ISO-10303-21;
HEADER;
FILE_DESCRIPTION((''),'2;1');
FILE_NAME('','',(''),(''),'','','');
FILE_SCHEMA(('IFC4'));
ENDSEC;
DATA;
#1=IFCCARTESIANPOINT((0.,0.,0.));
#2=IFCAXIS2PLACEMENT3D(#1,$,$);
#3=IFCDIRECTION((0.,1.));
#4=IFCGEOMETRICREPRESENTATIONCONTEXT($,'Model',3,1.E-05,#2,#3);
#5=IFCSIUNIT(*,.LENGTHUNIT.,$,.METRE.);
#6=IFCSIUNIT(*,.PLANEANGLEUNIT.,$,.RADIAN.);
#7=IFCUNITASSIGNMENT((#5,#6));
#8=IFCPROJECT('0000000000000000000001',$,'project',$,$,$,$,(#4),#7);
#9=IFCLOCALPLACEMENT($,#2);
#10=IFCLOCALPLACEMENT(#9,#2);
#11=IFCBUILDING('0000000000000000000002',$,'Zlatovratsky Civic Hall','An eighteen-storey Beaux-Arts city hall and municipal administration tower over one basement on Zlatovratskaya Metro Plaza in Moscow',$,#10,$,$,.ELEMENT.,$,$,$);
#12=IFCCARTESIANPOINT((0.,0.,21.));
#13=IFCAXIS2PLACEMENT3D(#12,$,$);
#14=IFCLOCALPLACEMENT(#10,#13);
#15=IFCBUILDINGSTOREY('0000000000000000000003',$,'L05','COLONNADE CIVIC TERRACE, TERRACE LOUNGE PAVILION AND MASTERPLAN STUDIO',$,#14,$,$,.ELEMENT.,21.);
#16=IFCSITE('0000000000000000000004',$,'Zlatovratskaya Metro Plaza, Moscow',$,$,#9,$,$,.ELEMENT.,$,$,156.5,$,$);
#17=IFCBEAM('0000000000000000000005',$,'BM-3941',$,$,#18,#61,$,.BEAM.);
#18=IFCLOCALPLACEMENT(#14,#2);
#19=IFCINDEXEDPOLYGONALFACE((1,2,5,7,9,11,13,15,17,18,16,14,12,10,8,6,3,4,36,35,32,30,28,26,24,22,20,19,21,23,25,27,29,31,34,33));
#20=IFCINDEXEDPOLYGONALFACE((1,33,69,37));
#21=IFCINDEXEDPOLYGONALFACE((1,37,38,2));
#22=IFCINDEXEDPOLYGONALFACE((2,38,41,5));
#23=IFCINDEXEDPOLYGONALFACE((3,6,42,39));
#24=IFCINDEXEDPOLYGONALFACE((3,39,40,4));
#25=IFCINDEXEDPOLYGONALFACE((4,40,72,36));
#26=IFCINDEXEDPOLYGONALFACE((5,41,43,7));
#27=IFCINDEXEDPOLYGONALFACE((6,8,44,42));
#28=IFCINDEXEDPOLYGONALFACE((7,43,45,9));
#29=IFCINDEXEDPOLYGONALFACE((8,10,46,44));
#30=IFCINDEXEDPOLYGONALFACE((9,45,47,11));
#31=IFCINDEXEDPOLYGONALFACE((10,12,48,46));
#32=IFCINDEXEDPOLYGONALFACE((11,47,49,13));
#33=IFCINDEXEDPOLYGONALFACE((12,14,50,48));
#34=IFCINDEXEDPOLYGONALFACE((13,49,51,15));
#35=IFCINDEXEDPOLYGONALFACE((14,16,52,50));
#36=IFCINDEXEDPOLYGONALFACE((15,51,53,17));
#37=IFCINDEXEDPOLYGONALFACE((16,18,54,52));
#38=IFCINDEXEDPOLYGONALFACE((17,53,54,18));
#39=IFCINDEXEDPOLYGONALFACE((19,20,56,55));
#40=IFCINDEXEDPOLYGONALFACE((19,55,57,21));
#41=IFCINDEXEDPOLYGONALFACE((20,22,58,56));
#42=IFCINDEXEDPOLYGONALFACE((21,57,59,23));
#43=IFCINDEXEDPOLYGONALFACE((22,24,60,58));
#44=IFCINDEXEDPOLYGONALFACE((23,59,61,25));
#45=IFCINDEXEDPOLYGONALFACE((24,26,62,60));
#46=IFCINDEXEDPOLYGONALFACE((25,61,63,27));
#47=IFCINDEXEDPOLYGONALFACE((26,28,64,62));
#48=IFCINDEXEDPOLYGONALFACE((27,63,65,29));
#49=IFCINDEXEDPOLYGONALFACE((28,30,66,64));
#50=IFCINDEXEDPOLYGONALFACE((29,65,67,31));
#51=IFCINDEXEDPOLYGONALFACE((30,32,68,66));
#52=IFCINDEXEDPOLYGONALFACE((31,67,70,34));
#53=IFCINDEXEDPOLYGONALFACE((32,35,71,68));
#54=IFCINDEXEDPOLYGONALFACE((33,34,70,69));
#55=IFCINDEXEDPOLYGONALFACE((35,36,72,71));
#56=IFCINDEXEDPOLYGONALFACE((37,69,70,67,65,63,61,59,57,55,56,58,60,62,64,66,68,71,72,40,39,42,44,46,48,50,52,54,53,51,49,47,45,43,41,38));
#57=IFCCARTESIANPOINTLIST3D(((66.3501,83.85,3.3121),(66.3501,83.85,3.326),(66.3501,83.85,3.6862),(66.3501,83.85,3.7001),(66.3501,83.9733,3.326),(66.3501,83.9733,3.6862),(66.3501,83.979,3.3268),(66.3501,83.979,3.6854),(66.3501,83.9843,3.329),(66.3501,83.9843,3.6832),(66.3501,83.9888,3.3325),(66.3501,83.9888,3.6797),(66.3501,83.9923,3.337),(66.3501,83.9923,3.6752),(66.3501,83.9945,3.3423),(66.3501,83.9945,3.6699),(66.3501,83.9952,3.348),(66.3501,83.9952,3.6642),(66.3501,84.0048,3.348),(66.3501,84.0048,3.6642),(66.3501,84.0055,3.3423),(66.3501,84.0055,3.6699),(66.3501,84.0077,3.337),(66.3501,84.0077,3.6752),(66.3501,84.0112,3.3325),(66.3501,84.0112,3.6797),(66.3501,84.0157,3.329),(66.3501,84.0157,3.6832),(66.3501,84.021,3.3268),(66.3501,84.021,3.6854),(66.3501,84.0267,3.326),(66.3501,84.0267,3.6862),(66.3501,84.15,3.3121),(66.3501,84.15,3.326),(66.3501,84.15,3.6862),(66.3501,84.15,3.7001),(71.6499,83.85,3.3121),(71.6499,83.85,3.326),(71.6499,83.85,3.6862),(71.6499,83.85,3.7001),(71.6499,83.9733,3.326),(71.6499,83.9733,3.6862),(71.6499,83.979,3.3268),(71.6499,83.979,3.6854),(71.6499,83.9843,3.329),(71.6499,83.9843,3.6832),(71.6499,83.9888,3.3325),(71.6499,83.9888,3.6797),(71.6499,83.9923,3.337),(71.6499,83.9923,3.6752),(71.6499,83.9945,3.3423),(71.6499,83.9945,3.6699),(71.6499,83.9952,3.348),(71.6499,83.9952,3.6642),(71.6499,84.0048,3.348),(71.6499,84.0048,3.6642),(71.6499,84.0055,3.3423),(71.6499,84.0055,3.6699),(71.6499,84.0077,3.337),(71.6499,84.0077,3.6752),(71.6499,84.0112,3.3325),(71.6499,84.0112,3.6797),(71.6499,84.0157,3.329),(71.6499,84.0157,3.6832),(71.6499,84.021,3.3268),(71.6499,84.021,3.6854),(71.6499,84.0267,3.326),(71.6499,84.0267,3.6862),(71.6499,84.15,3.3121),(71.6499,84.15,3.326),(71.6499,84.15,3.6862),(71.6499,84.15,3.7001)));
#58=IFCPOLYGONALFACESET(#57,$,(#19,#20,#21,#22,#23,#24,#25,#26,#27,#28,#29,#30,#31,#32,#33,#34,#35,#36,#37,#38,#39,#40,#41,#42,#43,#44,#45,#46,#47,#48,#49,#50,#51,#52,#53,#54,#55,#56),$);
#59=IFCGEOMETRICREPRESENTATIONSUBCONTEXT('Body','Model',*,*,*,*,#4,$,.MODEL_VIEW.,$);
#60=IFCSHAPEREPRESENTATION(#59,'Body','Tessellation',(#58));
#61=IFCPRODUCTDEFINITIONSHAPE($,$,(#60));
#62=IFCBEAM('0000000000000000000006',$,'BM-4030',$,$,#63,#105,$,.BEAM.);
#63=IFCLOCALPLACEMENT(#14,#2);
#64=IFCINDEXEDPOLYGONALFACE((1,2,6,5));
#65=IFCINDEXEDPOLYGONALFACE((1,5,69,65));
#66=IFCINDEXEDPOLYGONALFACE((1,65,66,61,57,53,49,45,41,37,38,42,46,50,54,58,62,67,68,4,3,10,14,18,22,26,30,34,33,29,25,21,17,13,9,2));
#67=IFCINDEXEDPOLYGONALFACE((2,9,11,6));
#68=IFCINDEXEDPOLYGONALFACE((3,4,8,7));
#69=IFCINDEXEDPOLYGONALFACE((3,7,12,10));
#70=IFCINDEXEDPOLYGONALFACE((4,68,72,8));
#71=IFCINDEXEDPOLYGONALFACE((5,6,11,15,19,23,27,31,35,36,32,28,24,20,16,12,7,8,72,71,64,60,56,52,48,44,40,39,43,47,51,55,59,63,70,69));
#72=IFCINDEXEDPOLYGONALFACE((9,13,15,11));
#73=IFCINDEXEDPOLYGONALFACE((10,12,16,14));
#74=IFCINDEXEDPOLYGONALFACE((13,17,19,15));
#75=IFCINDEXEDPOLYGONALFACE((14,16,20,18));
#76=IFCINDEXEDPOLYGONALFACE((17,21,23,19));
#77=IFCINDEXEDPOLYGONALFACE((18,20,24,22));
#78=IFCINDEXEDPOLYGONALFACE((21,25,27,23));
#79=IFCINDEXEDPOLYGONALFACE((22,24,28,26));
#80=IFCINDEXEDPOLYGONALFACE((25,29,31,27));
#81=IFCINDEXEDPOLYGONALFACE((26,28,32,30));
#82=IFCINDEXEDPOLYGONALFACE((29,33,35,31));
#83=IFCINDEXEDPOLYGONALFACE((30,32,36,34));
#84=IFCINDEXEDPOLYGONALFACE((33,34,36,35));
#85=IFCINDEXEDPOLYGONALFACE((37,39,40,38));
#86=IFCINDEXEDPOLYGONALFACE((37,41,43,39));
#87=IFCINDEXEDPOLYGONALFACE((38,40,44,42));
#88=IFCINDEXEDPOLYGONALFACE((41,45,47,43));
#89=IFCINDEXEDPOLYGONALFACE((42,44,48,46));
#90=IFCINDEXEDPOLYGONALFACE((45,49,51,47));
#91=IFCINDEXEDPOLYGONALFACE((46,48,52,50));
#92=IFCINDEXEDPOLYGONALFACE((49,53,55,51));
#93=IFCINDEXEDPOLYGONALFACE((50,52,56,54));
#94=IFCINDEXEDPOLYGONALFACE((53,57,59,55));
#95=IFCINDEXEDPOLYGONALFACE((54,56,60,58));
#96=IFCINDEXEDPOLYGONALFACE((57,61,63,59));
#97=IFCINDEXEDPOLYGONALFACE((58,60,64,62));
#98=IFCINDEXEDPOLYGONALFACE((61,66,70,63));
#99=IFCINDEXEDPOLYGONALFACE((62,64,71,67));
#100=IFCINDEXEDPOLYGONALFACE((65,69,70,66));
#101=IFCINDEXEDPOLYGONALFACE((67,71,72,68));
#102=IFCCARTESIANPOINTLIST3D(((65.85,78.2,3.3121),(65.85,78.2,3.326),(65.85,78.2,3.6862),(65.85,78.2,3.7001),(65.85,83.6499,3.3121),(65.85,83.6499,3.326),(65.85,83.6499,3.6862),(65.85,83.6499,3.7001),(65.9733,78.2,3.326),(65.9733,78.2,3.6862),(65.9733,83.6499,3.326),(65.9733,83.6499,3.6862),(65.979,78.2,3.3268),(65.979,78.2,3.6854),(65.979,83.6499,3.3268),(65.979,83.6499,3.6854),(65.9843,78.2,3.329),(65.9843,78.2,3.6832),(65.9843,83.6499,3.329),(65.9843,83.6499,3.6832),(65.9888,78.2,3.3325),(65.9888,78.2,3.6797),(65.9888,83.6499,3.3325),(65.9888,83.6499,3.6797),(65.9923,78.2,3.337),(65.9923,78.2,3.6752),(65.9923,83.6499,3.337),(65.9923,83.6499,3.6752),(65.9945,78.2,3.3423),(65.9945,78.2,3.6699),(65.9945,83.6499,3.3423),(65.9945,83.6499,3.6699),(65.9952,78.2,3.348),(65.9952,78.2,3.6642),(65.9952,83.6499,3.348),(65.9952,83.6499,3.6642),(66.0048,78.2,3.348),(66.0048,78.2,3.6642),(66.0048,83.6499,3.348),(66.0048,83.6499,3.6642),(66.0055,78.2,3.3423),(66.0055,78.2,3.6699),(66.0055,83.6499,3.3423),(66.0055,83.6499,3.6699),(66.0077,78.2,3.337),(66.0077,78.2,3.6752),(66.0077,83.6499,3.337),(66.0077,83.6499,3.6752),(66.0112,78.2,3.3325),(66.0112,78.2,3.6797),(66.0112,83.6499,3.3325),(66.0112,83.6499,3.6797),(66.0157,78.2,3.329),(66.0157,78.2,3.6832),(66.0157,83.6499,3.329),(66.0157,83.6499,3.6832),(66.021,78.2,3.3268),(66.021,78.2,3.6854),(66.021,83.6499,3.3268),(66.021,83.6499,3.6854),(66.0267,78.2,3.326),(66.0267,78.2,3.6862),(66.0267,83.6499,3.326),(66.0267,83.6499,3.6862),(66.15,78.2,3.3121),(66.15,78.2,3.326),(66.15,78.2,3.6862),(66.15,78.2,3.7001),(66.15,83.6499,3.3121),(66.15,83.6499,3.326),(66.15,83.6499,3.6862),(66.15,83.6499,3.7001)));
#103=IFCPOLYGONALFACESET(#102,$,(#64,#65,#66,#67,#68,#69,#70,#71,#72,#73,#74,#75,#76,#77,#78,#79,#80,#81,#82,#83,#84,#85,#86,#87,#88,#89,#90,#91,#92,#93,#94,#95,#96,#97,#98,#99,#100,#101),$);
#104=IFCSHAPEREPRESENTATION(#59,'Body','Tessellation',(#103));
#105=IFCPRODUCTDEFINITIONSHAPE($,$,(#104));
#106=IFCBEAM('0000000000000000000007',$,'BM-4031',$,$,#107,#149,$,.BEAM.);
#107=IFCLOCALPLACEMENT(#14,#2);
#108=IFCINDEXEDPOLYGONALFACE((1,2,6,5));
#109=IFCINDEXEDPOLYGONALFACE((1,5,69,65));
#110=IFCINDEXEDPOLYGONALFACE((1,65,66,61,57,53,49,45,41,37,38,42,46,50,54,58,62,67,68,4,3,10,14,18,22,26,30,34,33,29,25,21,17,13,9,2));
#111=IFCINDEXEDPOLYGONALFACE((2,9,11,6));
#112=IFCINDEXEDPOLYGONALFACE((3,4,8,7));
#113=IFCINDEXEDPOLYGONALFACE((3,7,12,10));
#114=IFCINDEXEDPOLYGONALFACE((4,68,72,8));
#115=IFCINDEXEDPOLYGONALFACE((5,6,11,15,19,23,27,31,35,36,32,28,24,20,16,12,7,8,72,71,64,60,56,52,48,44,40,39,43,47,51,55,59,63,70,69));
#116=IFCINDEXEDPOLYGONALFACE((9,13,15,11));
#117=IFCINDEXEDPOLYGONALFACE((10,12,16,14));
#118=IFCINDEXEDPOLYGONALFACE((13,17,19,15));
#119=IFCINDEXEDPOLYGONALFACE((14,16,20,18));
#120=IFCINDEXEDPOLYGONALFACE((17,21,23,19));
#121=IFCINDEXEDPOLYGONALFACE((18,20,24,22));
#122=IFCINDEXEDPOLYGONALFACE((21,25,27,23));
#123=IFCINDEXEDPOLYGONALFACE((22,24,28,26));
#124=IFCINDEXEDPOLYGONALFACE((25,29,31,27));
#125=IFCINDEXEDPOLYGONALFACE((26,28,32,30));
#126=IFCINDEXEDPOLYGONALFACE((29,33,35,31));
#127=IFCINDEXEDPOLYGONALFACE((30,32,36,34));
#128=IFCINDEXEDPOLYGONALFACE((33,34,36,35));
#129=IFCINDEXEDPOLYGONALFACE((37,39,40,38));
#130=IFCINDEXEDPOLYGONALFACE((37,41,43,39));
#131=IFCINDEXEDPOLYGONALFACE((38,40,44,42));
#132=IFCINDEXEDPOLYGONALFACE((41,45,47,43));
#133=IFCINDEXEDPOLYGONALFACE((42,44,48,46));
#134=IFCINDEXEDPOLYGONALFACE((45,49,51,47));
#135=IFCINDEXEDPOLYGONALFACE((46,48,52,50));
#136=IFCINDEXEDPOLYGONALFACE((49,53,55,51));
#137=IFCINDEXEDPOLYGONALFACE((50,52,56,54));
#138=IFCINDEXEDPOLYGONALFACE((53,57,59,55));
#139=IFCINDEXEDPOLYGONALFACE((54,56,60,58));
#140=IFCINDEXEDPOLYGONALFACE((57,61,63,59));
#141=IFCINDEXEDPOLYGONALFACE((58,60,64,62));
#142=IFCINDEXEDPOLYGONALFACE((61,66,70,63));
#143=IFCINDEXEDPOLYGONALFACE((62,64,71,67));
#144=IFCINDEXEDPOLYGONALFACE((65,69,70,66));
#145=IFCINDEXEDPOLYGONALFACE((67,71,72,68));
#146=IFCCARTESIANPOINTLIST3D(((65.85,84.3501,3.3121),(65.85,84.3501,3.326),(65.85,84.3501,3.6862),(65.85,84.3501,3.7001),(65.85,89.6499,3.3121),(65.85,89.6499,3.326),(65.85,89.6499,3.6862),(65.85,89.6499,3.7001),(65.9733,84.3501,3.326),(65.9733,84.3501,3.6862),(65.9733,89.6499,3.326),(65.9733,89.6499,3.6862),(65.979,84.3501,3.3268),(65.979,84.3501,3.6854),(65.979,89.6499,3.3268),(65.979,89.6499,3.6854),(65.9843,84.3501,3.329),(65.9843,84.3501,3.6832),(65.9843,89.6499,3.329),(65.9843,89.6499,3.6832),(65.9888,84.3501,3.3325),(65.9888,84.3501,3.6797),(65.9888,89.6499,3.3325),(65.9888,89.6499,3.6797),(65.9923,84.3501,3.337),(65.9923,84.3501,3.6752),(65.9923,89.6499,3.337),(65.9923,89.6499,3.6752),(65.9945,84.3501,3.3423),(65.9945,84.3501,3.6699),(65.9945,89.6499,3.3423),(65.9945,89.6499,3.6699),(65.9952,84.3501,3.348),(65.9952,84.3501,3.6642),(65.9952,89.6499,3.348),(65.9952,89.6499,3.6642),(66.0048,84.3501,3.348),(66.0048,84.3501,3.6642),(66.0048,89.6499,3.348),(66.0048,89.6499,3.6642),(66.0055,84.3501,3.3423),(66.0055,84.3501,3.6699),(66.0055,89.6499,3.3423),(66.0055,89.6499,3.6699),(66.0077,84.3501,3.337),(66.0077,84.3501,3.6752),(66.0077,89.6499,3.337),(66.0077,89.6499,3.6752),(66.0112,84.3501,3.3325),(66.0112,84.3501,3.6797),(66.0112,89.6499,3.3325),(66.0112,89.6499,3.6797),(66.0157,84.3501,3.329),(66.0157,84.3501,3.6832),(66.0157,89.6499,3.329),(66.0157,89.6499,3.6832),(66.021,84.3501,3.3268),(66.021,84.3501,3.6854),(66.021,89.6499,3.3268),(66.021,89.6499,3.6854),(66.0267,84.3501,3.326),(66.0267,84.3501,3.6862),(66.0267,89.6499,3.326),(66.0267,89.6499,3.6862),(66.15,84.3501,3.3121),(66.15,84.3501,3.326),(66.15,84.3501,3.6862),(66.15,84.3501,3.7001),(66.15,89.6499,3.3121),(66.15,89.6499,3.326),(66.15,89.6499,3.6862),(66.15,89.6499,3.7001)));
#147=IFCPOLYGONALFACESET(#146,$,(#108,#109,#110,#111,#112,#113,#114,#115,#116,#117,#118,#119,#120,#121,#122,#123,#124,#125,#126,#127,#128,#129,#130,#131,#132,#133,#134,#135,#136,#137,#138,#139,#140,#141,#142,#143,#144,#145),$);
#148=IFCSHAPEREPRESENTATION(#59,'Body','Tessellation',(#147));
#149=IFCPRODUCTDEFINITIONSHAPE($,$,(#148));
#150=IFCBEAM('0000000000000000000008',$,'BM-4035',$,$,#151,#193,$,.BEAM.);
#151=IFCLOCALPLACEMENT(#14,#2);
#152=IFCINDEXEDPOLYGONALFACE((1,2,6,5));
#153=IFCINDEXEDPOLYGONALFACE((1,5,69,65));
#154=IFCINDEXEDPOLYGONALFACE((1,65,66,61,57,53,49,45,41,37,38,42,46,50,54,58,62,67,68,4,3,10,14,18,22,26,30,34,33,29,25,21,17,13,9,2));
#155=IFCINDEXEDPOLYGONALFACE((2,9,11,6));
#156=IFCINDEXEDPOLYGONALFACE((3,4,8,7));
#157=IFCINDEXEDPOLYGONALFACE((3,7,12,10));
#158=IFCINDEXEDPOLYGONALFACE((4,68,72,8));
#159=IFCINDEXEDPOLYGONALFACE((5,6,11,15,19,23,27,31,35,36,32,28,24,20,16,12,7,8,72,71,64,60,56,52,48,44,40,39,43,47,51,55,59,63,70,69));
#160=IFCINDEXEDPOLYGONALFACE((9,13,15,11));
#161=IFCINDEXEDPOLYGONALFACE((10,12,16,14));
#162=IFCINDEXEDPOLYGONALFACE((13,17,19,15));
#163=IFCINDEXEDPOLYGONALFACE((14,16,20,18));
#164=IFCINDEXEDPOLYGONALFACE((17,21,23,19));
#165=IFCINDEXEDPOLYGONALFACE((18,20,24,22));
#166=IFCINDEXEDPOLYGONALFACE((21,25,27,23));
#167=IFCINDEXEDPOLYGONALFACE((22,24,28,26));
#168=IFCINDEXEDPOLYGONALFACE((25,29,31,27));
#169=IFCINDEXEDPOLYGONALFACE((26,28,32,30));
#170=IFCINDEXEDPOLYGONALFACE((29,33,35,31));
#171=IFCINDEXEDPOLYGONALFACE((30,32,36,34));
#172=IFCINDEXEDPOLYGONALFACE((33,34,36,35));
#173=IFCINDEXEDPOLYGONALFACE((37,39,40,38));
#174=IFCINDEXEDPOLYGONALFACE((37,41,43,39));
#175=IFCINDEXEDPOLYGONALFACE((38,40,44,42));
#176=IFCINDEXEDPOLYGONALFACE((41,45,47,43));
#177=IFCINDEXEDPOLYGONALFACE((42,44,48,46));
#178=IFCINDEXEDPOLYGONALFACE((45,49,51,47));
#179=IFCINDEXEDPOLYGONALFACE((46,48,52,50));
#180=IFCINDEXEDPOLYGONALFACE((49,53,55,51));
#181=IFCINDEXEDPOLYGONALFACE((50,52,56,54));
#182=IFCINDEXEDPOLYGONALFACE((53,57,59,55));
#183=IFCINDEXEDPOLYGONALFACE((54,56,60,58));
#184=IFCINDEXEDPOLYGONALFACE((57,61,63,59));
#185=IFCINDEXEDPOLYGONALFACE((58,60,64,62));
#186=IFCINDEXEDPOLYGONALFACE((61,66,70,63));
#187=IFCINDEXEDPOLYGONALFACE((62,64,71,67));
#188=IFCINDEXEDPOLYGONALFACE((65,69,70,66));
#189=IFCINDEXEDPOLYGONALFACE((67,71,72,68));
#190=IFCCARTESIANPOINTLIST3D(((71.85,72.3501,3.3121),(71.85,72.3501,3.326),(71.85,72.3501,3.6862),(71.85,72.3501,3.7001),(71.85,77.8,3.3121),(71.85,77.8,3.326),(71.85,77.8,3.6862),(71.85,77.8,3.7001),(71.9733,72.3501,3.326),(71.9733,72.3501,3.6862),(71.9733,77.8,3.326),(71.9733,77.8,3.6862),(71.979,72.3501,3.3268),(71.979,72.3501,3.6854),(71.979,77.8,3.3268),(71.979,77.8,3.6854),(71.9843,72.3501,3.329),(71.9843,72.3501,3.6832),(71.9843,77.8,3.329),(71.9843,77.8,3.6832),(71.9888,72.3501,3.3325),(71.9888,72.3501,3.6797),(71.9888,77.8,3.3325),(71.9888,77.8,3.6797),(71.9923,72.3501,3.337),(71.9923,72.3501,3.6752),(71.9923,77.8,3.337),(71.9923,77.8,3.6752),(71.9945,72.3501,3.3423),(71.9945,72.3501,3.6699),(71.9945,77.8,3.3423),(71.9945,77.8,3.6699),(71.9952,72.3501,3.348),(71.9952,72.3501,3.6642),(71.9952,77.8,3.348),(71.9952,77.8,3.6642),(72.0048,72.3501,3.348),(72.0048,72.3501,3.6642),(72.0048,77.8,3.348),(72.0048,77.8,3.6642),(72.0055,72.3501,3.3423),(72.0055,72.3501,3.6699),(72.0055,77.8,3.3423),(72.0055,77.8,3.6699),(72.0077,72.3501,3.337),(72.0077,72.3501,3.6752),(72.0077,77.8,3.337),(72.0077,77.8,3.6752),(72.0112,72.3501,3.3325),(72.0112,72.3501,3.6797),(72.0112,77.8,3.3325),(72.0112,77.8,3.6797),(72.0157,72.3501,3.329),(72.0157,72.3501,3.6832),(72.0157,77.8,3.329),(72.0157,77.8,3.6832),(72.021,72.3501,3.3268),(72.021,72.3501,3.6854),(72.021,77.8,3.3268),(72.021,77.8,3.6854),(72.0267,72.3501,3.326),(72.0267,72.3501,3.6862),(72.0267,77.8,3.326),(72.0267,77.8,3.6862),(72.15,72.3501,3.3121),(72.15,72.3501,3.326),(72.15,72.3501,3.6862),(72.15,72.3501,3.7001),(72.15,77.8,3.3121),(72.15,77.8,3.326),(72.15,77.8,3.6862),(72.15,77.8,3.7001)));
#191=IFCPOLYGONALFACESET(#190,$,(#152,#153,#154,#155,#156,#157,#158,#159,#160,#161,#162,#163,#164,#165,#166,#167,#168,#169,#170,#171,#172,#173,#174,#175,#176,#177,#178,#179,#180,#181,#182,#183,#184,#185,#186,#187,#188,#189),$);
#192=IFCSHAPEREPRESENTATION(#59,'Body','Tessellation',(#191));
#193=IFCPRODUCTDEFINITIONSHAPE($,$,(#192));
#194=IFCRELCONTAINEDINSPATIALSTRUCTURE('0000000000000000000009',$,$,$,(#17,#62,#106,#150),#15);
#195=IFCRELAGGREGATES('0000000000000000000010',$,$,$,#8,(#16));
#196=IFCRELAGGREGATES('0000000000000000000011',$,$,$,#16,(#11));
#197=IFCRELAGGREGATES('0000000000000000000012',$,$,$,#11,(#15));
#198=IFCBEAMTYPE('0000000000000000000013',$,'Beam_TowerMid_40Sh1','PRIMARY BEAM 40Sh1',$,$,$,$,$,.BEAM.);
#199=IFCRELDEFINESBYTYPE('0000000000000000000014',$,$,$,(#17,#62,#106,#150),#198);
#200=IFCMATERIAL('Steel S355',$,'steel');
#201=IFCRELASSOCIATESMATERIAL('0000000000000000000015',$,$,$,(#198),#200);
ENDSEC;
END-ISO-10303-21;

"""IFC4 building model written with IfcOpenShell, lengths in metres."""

from ifc_helpers import new_model, si_unit, direction, frame, origin, origin_2d, place, context, subcontext, project, spatial, i_section, extrude, material, material_profile, profile_set, type_object, element, save


model = new_model("IFC4")

# Units and contexts
model_context = context("Model", 3, precision=1e-05, world=origin(), true_north=direction((0.0, 1.0)))
body_context = subcontext(model_context, "Body", "Model", "MODEL_VIEW")
ifc_project = project(units=[si_unit("LENGTHUNIT", "METRE"), si_unit("PLANEANGLEUNIT", "RADIAN")], contexts=[model_context])

# Site, building, storey
site_placement = place(None, origin())
site = spatial("IfcSite", under=ifc_project, at=site_placement, Name="Zlatovratskaya Metro Plaza, Moscow", CompositionType="ELEMENT", RefElevation=156.5)
building_placement = place(site_placement, origin())
building = spatial("IfcBuilding", under=site, at=building_placement, Name="Zlatovratsky Civic Hall", Description="An eighteen-storey Beaux-Arts city hall and municipal administration tower over one basement on Zlatovratskaya Metro Plaza in Moscow", CompositionType="ELEMENT")
storey_placement = place(building_placement, frame((0.0, 0.0, 21.0)))
storey = spatial("IfcBuildingStorey", under=building, at=storey_placement, Name="L05", Description="COLONNADE CIVIC TERRACE, TERRACE LOUNGE PAVILION AND MASTERPLAN STUDIO", CompositionType="ELEMENT", Elevation=21.0)

# Shared definitions
ifc_material_1 = material(Name="Steel S355", Category="steel")

# Beams
ifc_material_profile_1 = material_profile(ifc_material_1, i_section(OverallWidth=0.3, OverallDepth=0.3879, WebThickness=0.0095, FlangeThickness=0.0139, FilletRadius=0.022, at=origin_2d()), Name="40Sh1")
ifc_profile_set_1 = profile_set([ifc_material_profile_1], Name="Steel S355")
beam_type = type_object("IfcBeamType", Name="Beam_TowerMid_40Sh1", Description="PRIMARY BEAM 40Sh1", PredefinedType="BEAM", material=ifc_profile_set_1)
beam_1_placement = place(storey_placement, frame((66.3501, 84.0, 3.5061), z_axis=(1.0, 0.0, 0.0), x_axis=(0.0, 1.0, 0.0)))
element("IfcBeam", 1, at=beam_1_placement, inside=storey, type_object=beam_type, Name="BM-3941", PredefinedType="BEAM", context=body_context, shape_type="SweptSolid", body=[
    extrude(i_section(OverallWidth=0.3, OverallDepth=0.3879, WebThickness=0.0095, FlangeThickness=0.0139, FilletRadius=0.022, at=origin_2d()), origin(), (0.0, 0.0, 1.0), 5.2998),
])
beam_2_placement = place(storey_placement, frame((66.0, 78.2, 3.5061), z_axis=(0.0, 1.0, 0.0), x_axis=(-1.0, 0.0, 0.0)))
element("IfcBeam", 2, at=beam_2_placement, inside=storey, type_object=beam_type, Name="BM-4030", PredefinedType="BEAM", context=body_context, shape_type="SweptSolid", body=[
    extrude(i_section(OverallWidth=0.3, OverallDepth=0.3879, WebThickness=0.0095, FlangeThickness=0.0139, FilletRadius=0.022, at=origin_2d()), origin(), (0.0, 0.0, 1.0), 5.45),
])
beam_3_placement = place(storey_placement, frame((66.0, 84.3501, 3.5061), z_axis=(0.0, 1.0, 0.0), x_axis=(-1.0, 0.0, 0.0)))
element("IfcBeam", 3, at=beam_3_placement, inside=storey, type_object=beam_type, Name="BM-4031", PredefinedType="BEAM", context=body_context, shape_type="SweptSolid", body=[
    extrude(i_section(OverallWidth=0.3, OverallDepth=0.3879, WebThickness=0.0095, FlangeThickness=0.0139, FilletRadius=0.022, at=origin_2d()), origin(), (0.0, 0.0, 1.0), 5.2998),
])
for number, where, z_axis, x_axis, name in (
    (4, (72.0, 72.3501, 3.5061), (0.0, 1.0, 0.0), (-1.0, 0.0, 0.0), "BM-4035"),
):
    element("IfcBeam", number, at=place(storey_placement, frame(where, z_axis=z_axis, x_axis=x_axis)), inside=storey, type_object=beam_type, Name=name, PredefinedType="BEAM", context=body_context, shape_type="SweptSolid", body=[
        extrude(i_section(OverallWidth=0.3, OverallDepth=0.3879, WebThickness=0.0095, FlangeThickness=0.0139, FilletRadius=0.022, at=origin_2d()), origin(), (0.0, 0.0, 1.0), 5.45),
    ])

save(model, "model.ifc")
